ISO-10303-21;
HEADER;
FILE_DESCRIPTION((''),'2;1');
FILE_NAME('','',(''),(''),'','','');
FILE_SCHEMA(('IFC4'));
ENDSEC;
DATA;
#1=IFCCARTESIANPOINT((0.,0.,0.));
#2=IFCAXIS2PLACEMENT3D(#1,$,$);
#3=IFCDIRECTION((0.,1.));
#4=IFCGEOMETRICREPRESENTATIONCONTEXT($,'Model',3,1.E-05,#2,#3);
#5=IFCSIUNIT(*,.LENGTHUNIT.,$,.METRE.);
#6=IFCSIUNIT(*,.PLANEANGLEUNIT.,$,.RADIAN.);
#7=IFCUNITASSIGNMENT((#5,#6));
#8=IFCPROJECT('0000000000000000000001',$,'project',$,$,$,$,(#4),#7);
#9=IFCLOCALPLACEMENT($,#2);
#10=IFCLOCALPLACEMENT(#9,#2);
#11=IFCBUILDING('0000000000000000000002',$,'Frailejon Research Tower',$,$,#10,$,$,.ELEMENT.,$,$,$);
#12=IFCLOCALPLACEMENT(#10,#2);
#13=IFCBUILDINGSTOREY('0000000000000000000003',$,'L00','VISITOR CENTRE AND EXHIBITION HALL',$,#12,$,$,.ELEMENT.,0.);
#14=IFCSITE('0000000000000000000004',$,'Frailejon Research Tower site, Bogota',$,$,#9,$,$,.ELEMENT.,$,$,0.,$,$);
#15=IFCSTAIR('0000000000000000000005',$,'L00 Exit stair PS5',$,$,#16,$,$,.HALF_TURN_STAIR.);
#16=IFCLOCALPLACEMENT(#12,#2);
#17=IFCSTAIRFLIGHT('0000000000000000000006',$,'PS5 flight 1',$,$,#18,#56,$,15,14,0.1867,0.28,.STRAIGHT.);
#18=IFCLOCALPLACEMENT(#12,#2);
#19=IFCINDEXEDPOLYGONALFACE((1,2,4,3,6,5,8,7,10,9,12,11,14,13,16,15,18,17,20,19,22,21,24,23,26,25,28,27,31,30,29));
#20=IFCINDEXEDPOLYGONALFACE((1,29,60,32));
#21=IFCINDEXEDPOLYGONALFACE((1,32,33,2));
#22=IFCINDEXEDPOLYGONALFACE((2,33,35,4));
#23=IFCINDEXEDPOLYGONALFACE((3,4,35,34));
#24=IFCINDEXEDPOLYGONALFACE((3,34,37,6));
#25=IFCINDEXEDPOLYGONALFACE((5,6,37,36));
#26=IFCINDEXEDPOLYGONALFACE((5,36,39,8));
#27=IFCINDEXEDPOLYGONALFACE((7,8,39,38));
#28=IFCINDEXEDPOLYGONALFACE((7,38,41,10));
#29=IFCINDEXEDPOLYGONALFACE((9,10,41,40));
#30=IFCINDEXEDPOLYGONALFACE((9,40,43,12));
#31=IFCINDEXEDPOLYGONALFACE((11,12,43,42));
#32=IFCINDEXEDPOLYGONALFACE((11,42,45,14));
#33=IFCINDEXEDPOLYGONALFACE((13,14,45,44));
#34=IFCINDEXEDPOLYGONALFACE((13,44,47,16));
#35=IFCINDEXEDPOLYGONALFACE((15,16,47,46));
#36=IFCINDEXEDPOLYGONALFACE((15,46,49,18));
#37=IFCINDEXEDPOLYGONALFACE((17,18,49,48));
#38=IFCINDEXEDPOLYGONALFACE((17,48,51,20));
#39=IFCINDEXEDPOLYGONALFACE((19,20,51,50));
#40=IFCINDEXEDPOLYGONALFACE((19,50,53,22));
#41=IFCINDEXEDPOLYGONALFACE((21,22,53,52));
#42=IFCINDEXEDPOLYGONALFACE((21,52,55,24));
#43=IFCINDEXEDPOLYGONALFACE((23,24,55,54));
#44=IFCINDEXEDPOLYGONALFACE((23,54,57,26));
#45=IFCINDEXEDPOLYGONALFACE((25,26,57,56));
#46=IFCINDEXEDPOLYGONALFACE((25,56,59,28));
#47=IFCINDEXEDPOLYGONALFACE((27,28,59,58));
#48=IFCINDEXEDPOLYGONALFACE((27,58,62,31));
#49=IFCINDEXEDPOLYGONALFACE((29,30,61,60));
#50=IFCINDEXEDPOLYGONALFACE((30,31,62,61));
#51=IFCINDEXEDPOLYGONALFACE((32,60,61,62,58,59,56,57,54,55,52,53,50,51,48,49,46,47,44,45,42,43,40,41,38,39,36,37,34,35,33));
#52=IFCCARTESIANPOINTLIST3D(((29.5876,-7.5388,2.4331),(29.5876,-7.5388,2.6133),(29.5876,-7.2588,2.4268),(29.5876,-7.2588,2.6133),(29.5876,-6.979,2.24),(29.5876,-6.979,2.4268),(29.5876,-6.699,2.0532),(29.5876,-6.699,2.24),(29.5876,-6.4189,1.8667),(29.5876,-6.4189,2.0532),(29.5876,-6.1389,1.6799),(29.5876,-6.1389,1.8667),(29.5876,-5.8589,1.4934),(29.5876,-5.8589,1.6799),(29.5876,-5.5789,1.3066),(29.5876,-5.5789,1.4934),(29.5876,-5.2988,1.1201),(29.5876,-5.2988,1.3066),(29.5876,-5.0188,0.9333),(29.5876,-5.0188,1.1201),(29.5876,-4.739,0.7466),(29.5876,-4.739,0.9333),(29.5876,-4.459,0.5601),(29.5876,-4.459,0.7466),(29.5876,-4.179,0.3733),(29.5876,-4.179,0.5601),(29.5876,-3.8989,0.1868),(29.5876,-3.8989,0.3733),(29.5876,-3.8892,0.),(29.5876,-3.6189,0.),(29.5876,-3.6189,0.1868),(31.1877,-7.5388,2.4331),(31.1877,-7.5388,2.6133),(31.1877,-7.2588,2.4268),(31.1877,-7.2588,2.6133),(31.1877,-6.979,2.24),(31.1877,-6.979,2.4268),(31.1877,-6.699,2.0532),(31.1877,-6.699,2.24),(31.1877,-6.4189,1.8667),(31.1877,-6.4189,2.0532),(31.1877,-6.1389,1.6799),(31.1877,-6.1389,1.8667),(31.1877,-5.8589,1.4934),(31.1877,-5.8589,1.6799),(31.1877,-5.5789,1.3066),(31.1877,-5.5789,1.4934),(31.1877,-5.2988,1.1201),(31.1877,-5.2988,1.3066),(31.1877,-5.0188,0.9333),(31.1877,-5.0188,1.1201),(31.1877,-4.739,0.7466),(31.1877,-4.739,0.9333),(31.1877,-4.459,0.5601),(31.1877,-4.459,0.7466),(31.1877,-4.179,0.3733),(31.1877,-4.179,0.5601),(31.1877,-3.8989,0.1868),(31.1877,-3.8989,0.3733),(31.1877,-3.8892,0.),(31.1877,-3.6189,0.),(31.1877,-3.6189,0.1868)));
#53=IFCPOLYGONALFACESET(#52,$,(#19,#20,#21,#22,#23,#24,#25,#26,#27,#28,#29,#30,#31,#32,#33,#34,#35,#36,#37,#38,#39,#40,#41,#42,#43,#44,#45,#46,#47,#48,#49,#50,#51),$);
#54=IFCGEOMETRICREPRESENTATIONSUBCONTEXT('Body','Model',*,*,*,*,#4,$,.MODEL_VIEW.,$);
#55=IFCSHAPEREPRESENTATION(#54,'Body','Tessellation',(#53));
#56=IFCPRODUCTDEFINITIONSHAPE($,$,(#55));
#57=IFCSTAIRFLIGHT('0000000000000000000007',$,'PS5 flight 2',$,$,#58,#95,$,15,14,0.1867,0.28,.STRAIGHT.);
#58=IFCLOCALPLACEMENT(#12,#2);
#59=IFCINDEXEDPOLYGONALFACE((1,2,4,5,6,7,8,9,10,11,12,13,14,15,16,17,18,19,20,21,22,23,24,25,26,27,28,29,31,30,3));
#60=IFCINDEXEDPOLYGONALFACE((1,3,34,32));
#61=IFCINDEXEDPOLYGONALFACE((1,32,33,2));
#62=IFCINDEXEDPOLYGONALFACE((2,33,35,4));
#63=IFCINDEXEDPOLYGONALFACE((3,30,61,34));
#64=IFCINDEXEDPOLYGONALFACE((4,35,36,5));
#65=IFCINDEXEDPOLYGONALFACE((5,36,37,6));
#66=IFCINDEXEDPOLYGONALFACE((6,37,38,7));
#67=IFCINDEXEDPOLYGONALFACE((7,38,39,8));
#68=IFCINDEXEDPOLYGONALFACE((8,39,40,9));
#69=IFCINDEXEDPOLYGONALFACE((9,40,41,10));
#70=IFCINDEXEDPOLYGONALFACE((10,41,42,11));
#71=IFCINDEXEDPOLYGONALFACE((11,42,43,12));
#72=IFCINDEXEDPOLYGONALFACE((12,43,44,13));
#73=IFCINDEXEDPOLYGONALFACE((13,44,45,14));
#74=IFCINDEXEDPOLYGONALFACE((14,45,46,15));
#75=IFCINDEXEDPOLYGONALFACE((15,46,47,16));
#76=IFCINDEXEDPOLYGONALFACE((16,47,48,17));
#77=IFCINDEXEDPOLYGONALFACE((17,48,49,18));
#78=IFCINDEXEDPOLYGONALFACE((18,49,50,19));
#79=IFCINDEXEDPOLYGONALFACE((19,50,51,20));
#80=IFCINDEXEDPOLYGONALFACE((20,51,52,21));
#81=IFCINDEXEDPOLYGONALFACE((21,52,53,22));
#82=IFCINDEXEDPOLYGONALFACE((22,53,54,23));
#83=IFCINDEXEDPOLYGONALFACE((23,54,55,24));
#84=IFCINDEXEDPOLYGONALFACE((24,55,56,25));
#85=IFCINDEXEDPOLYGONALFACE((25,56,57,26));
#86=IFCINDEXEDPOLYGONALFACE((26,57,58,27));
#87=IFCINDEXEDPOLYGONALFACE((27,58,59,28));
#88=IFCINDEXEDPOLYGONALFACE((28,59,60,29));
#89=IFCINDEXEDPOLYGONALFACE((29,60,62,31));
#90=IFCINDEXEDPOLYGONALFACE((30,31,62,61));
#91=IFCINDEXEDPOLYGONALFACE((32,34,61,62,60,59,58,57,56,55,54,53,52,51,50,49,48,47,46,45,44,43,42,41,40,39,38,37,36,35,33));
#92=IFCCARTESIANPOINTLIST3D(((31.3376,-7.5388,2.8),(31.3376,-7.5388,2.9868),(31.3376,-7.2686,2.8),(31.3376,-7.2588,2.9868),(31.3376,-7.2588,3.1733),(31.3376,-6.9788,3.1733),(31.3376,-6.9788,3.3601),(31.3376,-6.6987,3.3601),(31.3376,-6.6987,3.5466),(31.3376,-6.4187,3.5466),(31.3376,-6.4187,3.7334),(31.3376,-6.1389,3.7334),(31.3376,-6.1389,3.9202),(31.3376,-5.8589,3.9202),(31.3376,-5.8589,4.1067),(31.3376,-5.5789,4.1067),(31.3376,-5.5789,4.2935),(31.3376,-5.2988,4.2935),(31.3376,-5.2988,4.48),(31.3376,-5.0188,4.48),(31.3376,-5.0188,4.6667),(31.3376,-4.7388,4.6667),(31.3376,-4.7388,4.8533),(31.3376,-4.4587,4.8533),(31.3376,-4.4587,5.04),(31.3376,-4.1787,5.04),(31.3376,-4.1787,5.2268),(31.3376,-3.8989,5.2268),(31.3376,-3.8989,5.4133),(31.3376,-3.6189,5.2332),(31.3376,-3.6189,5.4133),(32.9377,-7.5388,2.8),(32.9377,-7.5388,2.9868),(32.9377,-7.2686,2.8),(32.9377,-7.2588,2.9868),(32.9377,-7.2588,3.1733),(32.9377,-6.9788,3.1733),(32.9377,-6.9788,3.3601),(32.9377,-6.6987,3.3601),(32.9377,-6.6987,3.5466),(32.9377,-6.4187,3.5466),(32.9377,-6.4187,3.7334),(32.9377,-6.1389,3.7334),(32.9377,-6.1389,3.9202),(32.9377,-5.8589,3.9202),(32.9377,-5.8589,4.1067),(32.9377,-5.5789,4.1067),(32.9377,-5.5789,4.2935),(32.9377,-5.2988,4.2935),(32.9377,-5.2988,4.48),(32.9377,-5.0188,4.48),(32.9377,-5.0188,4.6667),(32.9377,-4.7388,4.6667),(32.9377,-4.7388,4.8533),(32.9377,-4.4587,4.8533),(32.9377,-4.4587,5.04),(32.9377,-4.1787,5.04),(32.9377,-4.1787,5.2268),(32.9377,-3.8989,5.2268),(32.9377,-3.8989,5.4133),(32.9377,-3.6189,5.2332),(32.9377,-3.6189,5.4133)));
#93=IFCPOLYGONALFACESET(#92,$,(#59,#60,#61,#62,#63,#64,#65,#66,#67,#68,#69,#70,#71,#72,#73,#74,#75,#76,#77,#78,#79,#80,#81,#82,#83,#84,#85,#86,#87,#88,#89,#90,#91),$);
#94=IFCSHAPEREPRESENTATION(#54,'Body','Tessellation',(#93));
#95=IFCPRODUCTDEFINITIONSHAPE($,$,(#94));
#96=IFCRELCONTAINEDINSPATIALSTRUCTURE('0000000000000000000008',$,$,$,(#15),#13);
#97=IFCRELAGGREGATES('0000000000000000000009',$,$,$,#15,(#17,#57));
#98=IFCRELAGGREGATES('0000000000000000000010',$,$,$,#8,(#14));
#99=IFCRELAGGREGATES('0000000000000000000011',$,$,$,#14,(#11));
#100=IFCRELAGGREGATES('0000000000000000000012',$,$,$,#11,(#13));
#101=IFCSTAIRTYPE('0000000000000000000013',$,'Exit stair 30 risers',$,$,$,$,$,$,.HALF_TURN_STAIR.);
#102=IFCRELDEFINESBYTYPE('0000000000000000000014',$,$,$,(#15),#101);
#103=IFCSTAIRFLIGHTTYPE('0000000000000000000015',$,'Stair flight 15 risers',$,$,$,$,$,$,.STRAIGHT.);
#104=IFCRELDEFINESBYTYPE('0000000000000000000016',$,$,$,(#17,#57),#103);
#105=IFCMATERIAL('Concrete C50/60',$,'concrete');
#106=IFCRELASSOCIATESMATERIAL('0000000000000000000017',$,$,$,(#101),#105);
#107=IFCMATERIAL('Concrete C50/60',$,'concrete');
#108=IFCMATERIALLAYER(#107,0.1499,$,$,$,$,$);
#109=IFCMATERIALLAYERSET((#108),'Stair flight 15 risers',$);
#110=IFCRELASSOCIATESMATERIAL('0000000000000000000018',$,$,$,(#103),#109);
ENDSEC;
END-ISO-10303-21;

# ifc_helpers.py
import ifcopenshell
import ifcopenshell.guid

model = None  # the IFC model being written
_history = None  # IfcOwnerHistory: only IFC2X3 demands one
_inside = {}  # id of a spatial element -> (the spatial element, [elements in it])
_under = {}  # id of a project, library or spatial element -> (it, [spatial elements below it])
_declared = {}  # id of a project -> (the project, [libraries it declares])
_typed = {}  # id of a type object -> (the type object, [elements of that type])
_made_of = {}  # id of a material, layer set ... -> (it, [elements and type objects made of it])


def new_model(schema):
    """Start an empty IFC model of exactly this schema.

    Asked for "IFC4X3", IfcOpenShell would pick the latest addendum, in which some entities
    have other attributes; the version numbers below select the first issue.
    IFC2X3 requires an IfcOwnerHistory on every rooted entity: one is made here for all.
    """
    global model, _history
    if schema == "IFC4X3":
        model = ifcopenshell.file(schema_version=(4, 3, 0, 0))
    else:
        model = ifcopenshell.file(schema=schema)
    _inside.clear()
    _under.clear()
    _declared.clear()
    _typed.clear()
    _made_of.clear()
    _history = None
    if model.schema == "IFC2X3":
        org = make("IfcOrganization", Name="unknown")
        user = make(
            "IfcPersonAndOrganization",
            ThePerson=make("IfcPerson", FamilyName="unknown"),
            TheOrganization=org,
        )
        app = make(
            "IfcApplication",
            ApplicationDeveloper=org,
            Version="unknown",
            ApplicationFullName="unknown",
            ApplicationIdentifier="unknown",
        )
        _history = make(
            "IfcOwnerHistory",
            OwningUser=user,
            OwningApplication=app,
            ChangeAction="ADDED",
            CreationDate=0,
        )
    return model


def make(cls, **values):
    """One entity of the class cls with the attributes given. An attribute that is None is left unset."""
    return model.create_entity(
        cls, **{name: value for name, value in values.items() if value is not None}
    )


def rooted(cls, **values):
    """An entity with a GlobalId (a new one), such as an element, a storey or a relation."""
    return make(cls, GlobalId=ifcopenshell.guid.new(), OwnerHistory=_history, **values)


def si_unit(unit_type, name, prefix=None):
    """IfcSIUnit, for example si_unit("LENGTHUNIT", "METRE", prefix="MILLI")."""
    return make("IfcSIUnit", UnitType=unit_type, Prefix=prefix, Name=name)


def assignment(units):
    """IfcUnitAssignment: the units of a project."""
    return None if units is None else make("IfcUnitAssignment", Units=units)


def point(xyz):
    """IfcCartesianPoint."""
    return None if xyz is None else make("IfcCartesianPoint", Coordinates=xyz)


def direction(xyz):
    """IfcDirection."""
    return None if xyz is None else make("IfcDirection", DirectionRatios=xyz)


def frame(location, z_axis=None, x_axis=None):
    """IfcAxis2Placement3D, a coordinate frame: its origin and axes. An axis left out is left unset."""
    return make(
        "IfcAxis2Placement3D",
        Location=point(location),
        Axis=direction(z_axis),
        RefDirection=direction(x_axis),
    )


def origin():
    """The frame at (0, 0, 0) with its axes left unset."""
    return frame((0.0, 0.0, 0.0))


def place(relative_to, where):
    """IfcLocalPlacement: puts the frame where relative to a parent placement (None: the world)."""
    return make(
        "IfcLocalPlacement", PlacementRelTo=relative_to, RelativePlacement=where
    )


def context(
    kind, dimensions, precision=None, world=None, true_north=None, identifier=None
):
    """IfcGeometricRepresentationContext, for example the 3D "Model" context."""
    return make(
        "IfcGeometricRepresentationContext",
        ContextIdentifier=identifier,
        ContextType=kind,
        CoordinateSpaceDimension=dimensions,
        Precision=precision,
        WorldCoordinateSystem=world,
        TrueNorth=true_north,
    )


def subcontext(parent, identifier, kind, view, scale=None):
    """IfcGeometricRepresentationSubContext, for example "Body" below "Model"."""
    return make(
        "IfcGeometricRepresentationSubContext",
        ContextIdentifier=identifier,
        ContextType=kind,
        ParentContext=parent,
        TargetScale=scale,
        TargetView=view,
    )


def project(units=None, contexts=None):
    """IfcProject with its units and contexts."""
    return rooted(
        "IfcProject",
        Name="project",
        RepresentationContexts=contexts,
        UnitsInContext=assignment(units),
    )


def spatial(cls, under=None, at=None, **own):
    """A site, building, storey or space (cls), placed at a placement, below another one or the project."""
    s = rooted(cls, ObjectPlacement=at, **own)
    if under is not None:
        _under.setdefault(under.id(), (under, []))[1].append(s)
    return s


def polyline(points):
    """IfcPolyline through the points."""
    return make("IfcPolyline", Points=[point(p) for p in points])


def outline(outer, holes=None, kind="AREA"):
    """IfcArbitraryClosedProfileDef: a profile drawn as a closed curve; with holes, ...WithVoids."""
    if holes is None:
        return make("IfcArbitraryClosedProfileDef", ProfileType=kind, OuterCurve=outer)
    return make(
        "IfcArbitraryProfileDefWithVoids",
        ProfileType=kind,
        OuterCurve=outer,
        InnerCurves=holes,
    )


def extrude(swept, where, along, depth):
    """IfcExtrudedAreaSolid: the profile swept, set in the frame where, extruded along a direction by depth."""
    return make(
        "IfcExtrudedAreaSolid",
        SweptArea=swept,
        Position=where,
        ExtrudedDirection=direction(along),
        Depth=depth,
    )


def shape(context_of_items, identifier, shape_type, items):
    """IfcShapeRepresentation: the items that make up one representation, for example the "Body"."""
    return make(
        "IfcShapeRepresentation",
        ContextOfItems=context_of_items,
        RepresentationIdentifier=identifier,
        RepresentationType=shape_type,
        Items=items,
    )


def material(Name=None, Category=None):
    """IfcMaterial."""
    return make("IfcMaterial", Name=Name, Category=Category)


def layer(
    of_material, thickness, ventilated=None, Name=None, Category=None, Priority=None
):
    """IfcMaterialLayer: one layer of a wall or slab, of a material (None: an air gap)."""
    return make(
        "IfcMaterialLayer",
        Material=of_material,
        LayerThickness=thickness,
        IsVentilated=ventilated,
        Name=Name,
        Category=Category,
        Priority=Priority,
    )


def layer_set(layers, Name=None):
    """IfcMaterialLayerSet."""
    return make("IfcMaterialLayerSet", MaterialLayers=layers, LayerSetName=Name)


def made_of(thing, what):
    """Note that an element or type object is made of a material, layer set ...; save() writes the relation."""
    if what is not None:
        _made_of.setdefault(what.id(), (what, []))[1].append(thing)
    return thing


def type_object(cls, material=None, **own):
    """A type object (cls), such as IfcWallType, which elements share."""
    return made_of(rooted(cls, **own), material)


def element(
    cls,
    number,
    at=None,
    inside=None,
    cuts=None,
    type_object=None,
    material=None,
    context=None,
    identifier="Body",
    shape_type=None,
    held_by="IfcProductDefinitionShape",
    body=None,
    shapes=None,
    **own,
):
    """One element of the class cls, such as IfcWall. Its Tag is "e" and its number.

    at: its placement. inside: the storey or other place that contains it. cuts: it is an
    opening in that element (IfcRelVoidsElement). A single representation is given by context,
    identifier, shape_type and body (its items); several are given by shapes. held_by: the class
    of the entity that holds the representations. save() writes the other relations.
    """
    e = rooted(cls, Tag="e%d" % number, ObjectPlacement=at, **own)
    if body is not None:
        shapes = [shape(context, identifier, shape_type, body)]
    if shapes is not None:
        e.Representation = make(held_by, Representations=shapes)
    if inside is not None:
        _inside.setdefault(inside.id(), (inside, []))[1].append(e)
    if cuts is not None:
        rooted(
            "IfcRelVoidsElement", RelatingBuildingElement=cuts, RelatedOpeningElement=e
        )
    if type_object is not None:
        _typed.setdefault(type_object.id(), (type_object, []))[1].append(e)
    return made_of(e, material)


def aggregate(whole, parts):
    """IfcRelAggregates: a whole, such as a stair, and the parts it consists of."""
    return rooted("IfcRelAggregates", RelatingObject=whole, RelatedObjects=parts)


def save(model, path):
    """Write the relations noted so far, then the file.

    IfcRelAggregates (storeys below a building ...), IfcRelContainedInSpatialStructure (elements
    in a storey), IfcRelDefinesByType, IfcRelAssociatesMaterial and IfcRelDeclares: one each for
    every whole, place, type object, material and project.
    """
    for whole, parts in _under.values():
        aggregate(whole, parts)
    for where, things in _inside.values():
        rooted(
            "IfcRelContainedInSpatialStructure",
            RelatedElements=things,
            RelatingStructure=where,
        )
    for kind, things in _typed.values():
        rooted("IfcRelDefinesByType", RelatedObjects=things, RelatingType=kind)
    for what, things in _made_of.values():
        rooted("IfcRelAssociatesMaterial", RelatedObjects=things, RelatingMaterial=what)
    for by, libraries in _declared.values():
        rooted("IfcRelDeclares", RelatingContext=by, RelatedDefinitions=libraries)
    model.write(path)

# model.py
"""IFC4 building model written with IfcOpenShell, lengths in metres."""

from ifc_helpers import new_model, si_unit, direction, frame, origin, place, context, subcontext, project, spatial, polyline, outline, extrude, material, layer, layer_set, type_object, element, aggregate, save


model = new_model("IFC4")

# Units and contexts
model_context = context("Model", 3, precision=1e-05, world=origin(), true_north=direction((0.0, 1.0)))
body_context = subcontext(model_context, "Body", "Model", "MODEL_VIEW")
ifc_project = project(units=[si_unit("LENGTHUNIT", "METRE"), si_unit("PLANEANGLEUNIT", "RADIAN")], contexts=[model_context])

# Site, building, storey
site_placement = place(None, origin())
site = spatial("IfcSite", under=ifc_project, at=site_placement, Name="Frailejon Research Tower site, Bogota", CompositionType="ELEMENT", RefElevation=0.0)
building_placement = place(site_placement, origin())
building = spatial("IfcBuilding", under=site, at=building_placement, Name="Frailejon Research Tower", CompositionType="ELEMENT")
storey_placement = place(building_placement, origin())
storey = spatial("IfcBuildingStorey", under=building, at=storey_placement, Name="L00", Description="VISITOR CENTRE AND EXHIBITION HALL", CompositionType="ELEMENT", Elevation=0.0)

# Stair, stair flights
ifc_material_1 = material(Name="Concrete C50/60", Category="concrete")
stair_type = type_object("IfcStairType", Name="Exit stair 30 risers", PredefinedType="HALF_TURN_STAIR", material=ifc_material_1)
stair_placement = place(storey_placement, origin())
stair = element("IfcStair", 1, at=stair_placement, inside=storey, type_object=stair_type, Name="L00 Exit stair PS5", PredefinedType="HALF_TURN_STAIR")
ifc_material_2 = material(Name="Concrete C50/60", Category="concrete")
ifc_layer_1 = layer(ifc_material_2, 0.1499)
ifc_layer_set_1 = layer_set([ifc_layer_1], Name="Stair flight 15 risers")
stair_flight_type = type_object("IfcStairFlightType", Name="Stair flight 15 risers", PredefinedType="STRAIGHT", material=ifc_layer_set_1)
stair_flight_1_placement = place(storey_placement, frame((30.3877, -3.6189, 0.0), z_axis=(0.0, 0.0, 1.0), x_axis=(0.0, -1.0, 0.0)))
stair_flight_1 = element("IfcStairFlight", 2, at=stair_flight_1_placement, type_object=stair_flight_type, Name="PS5 flight 1", NumberOfRisers=15, NumberOfTreads=14, PredefinedType="STRAIGHT", RiserHeight=0.1867, TreadLength=0.28, context=body_context, shape_type="SweptSolid", body=[
    extrude(outline(polyline([(0.0, 0.0), (0.0, 0.1868), (0.28, 0.1868), (0.28, 0.3733), (0.5601, 0.3733), (0.5601, 0.5601), (0.8401, 0.5601), (0.8401, 0.7466), (1.1201, 0.7466), (1.1201, 0.9333), (1.3999, 0.9333), (1.3999, 1.1201), (1.6799, 1.1201), (1.6799, 1.3066), (1.96, 1.3066), (1.96, 1.4934), (2.24, 1.4934), (2.24, 1.6799), (2.52, 1.6799), (2.52, 1.8667), (2.8, 1.8667), (2.8, 2.0532), (3.0801, 2.0532), (3.0801, 2.24), (3.3601, 2.24), (3.3601, 2.4268), (3.6399, 2.4268), (3.6399, 2.6133), (3.9199, 2.6133), (3.9199, 2.8), (3.9199, 2.4331), (0.2703, 0.0), (0.0, 0.0)])), frame((0.0, 0.8, 0.0), z_axis=(0.0, -1.0, 0.0), x_axis=(1.0, 0.0, 0.0)), (0.0, 0.0, 1.0), 1.6001),
])
stair_flight_2_placement = place(storey_placement, frame((32.1377, -7.5388, 2.8), z_axis=(0.0, 0.0, 1.0), x_axis=(0.0, 1.0, 0.0)))
stair_flight_2 = element("IfcStairFlight", 3, at=stair_flight_2_placement, type_object=stair_flight_type, Name="PS5 flight 2", NumberOfRisers=15, NumberOfTreads=14, PredefinedType="STRAIGHT", RiserHeight=0.1867, TreadLength=0.28, context=body_context, shape_type="SweptSolid", body=[
    extrude(outline(polyline([(0.0, 0.0), (0.0, 0.1868), (0.28, 0.1868), (0.28, 0.3733), (0.5601, 0.3733), (0.5601, 0.5601), (0.8401, 0.5601), (0.8401, 0.7466), (1.1201, 0.7466), (1.1201, 0.9333), (1.3999, 0.9333), (1.3999, 1.1201), (1.6799, 1.1201), (1.6799, 1.3066), (1.96, 1.3066), (1.96, 1.4934), (2.24, 1.4934), (2.24, 1.6799), (2.52, 1.6799), (2.52, 1.8667), (2.8, 1.8667), (2.8, 2.0532), (3.0801, 2.0532), (3.0801, 2.24), (3.3601, 2.24), (3.3601, 2.4268), (3.6399, 2.4268), (3.6399, 2.6133), (3.9199, 2.6133), (3.9199, 2.8), (3.9199, 2.4331), (0.2703, 0.0), (0.0, 0.0)])), frame((0.0, 0.8, 0.0), z_axis=(0.0, -1.0, 0.0), x_axis=(1.0, 0.0, 0.0)), (0.0, 0.0, 1.0), 1.6001),
])
aggregate(stair, [stair_flight_1, stair_flight_2])

save(model, "model.ifc")
